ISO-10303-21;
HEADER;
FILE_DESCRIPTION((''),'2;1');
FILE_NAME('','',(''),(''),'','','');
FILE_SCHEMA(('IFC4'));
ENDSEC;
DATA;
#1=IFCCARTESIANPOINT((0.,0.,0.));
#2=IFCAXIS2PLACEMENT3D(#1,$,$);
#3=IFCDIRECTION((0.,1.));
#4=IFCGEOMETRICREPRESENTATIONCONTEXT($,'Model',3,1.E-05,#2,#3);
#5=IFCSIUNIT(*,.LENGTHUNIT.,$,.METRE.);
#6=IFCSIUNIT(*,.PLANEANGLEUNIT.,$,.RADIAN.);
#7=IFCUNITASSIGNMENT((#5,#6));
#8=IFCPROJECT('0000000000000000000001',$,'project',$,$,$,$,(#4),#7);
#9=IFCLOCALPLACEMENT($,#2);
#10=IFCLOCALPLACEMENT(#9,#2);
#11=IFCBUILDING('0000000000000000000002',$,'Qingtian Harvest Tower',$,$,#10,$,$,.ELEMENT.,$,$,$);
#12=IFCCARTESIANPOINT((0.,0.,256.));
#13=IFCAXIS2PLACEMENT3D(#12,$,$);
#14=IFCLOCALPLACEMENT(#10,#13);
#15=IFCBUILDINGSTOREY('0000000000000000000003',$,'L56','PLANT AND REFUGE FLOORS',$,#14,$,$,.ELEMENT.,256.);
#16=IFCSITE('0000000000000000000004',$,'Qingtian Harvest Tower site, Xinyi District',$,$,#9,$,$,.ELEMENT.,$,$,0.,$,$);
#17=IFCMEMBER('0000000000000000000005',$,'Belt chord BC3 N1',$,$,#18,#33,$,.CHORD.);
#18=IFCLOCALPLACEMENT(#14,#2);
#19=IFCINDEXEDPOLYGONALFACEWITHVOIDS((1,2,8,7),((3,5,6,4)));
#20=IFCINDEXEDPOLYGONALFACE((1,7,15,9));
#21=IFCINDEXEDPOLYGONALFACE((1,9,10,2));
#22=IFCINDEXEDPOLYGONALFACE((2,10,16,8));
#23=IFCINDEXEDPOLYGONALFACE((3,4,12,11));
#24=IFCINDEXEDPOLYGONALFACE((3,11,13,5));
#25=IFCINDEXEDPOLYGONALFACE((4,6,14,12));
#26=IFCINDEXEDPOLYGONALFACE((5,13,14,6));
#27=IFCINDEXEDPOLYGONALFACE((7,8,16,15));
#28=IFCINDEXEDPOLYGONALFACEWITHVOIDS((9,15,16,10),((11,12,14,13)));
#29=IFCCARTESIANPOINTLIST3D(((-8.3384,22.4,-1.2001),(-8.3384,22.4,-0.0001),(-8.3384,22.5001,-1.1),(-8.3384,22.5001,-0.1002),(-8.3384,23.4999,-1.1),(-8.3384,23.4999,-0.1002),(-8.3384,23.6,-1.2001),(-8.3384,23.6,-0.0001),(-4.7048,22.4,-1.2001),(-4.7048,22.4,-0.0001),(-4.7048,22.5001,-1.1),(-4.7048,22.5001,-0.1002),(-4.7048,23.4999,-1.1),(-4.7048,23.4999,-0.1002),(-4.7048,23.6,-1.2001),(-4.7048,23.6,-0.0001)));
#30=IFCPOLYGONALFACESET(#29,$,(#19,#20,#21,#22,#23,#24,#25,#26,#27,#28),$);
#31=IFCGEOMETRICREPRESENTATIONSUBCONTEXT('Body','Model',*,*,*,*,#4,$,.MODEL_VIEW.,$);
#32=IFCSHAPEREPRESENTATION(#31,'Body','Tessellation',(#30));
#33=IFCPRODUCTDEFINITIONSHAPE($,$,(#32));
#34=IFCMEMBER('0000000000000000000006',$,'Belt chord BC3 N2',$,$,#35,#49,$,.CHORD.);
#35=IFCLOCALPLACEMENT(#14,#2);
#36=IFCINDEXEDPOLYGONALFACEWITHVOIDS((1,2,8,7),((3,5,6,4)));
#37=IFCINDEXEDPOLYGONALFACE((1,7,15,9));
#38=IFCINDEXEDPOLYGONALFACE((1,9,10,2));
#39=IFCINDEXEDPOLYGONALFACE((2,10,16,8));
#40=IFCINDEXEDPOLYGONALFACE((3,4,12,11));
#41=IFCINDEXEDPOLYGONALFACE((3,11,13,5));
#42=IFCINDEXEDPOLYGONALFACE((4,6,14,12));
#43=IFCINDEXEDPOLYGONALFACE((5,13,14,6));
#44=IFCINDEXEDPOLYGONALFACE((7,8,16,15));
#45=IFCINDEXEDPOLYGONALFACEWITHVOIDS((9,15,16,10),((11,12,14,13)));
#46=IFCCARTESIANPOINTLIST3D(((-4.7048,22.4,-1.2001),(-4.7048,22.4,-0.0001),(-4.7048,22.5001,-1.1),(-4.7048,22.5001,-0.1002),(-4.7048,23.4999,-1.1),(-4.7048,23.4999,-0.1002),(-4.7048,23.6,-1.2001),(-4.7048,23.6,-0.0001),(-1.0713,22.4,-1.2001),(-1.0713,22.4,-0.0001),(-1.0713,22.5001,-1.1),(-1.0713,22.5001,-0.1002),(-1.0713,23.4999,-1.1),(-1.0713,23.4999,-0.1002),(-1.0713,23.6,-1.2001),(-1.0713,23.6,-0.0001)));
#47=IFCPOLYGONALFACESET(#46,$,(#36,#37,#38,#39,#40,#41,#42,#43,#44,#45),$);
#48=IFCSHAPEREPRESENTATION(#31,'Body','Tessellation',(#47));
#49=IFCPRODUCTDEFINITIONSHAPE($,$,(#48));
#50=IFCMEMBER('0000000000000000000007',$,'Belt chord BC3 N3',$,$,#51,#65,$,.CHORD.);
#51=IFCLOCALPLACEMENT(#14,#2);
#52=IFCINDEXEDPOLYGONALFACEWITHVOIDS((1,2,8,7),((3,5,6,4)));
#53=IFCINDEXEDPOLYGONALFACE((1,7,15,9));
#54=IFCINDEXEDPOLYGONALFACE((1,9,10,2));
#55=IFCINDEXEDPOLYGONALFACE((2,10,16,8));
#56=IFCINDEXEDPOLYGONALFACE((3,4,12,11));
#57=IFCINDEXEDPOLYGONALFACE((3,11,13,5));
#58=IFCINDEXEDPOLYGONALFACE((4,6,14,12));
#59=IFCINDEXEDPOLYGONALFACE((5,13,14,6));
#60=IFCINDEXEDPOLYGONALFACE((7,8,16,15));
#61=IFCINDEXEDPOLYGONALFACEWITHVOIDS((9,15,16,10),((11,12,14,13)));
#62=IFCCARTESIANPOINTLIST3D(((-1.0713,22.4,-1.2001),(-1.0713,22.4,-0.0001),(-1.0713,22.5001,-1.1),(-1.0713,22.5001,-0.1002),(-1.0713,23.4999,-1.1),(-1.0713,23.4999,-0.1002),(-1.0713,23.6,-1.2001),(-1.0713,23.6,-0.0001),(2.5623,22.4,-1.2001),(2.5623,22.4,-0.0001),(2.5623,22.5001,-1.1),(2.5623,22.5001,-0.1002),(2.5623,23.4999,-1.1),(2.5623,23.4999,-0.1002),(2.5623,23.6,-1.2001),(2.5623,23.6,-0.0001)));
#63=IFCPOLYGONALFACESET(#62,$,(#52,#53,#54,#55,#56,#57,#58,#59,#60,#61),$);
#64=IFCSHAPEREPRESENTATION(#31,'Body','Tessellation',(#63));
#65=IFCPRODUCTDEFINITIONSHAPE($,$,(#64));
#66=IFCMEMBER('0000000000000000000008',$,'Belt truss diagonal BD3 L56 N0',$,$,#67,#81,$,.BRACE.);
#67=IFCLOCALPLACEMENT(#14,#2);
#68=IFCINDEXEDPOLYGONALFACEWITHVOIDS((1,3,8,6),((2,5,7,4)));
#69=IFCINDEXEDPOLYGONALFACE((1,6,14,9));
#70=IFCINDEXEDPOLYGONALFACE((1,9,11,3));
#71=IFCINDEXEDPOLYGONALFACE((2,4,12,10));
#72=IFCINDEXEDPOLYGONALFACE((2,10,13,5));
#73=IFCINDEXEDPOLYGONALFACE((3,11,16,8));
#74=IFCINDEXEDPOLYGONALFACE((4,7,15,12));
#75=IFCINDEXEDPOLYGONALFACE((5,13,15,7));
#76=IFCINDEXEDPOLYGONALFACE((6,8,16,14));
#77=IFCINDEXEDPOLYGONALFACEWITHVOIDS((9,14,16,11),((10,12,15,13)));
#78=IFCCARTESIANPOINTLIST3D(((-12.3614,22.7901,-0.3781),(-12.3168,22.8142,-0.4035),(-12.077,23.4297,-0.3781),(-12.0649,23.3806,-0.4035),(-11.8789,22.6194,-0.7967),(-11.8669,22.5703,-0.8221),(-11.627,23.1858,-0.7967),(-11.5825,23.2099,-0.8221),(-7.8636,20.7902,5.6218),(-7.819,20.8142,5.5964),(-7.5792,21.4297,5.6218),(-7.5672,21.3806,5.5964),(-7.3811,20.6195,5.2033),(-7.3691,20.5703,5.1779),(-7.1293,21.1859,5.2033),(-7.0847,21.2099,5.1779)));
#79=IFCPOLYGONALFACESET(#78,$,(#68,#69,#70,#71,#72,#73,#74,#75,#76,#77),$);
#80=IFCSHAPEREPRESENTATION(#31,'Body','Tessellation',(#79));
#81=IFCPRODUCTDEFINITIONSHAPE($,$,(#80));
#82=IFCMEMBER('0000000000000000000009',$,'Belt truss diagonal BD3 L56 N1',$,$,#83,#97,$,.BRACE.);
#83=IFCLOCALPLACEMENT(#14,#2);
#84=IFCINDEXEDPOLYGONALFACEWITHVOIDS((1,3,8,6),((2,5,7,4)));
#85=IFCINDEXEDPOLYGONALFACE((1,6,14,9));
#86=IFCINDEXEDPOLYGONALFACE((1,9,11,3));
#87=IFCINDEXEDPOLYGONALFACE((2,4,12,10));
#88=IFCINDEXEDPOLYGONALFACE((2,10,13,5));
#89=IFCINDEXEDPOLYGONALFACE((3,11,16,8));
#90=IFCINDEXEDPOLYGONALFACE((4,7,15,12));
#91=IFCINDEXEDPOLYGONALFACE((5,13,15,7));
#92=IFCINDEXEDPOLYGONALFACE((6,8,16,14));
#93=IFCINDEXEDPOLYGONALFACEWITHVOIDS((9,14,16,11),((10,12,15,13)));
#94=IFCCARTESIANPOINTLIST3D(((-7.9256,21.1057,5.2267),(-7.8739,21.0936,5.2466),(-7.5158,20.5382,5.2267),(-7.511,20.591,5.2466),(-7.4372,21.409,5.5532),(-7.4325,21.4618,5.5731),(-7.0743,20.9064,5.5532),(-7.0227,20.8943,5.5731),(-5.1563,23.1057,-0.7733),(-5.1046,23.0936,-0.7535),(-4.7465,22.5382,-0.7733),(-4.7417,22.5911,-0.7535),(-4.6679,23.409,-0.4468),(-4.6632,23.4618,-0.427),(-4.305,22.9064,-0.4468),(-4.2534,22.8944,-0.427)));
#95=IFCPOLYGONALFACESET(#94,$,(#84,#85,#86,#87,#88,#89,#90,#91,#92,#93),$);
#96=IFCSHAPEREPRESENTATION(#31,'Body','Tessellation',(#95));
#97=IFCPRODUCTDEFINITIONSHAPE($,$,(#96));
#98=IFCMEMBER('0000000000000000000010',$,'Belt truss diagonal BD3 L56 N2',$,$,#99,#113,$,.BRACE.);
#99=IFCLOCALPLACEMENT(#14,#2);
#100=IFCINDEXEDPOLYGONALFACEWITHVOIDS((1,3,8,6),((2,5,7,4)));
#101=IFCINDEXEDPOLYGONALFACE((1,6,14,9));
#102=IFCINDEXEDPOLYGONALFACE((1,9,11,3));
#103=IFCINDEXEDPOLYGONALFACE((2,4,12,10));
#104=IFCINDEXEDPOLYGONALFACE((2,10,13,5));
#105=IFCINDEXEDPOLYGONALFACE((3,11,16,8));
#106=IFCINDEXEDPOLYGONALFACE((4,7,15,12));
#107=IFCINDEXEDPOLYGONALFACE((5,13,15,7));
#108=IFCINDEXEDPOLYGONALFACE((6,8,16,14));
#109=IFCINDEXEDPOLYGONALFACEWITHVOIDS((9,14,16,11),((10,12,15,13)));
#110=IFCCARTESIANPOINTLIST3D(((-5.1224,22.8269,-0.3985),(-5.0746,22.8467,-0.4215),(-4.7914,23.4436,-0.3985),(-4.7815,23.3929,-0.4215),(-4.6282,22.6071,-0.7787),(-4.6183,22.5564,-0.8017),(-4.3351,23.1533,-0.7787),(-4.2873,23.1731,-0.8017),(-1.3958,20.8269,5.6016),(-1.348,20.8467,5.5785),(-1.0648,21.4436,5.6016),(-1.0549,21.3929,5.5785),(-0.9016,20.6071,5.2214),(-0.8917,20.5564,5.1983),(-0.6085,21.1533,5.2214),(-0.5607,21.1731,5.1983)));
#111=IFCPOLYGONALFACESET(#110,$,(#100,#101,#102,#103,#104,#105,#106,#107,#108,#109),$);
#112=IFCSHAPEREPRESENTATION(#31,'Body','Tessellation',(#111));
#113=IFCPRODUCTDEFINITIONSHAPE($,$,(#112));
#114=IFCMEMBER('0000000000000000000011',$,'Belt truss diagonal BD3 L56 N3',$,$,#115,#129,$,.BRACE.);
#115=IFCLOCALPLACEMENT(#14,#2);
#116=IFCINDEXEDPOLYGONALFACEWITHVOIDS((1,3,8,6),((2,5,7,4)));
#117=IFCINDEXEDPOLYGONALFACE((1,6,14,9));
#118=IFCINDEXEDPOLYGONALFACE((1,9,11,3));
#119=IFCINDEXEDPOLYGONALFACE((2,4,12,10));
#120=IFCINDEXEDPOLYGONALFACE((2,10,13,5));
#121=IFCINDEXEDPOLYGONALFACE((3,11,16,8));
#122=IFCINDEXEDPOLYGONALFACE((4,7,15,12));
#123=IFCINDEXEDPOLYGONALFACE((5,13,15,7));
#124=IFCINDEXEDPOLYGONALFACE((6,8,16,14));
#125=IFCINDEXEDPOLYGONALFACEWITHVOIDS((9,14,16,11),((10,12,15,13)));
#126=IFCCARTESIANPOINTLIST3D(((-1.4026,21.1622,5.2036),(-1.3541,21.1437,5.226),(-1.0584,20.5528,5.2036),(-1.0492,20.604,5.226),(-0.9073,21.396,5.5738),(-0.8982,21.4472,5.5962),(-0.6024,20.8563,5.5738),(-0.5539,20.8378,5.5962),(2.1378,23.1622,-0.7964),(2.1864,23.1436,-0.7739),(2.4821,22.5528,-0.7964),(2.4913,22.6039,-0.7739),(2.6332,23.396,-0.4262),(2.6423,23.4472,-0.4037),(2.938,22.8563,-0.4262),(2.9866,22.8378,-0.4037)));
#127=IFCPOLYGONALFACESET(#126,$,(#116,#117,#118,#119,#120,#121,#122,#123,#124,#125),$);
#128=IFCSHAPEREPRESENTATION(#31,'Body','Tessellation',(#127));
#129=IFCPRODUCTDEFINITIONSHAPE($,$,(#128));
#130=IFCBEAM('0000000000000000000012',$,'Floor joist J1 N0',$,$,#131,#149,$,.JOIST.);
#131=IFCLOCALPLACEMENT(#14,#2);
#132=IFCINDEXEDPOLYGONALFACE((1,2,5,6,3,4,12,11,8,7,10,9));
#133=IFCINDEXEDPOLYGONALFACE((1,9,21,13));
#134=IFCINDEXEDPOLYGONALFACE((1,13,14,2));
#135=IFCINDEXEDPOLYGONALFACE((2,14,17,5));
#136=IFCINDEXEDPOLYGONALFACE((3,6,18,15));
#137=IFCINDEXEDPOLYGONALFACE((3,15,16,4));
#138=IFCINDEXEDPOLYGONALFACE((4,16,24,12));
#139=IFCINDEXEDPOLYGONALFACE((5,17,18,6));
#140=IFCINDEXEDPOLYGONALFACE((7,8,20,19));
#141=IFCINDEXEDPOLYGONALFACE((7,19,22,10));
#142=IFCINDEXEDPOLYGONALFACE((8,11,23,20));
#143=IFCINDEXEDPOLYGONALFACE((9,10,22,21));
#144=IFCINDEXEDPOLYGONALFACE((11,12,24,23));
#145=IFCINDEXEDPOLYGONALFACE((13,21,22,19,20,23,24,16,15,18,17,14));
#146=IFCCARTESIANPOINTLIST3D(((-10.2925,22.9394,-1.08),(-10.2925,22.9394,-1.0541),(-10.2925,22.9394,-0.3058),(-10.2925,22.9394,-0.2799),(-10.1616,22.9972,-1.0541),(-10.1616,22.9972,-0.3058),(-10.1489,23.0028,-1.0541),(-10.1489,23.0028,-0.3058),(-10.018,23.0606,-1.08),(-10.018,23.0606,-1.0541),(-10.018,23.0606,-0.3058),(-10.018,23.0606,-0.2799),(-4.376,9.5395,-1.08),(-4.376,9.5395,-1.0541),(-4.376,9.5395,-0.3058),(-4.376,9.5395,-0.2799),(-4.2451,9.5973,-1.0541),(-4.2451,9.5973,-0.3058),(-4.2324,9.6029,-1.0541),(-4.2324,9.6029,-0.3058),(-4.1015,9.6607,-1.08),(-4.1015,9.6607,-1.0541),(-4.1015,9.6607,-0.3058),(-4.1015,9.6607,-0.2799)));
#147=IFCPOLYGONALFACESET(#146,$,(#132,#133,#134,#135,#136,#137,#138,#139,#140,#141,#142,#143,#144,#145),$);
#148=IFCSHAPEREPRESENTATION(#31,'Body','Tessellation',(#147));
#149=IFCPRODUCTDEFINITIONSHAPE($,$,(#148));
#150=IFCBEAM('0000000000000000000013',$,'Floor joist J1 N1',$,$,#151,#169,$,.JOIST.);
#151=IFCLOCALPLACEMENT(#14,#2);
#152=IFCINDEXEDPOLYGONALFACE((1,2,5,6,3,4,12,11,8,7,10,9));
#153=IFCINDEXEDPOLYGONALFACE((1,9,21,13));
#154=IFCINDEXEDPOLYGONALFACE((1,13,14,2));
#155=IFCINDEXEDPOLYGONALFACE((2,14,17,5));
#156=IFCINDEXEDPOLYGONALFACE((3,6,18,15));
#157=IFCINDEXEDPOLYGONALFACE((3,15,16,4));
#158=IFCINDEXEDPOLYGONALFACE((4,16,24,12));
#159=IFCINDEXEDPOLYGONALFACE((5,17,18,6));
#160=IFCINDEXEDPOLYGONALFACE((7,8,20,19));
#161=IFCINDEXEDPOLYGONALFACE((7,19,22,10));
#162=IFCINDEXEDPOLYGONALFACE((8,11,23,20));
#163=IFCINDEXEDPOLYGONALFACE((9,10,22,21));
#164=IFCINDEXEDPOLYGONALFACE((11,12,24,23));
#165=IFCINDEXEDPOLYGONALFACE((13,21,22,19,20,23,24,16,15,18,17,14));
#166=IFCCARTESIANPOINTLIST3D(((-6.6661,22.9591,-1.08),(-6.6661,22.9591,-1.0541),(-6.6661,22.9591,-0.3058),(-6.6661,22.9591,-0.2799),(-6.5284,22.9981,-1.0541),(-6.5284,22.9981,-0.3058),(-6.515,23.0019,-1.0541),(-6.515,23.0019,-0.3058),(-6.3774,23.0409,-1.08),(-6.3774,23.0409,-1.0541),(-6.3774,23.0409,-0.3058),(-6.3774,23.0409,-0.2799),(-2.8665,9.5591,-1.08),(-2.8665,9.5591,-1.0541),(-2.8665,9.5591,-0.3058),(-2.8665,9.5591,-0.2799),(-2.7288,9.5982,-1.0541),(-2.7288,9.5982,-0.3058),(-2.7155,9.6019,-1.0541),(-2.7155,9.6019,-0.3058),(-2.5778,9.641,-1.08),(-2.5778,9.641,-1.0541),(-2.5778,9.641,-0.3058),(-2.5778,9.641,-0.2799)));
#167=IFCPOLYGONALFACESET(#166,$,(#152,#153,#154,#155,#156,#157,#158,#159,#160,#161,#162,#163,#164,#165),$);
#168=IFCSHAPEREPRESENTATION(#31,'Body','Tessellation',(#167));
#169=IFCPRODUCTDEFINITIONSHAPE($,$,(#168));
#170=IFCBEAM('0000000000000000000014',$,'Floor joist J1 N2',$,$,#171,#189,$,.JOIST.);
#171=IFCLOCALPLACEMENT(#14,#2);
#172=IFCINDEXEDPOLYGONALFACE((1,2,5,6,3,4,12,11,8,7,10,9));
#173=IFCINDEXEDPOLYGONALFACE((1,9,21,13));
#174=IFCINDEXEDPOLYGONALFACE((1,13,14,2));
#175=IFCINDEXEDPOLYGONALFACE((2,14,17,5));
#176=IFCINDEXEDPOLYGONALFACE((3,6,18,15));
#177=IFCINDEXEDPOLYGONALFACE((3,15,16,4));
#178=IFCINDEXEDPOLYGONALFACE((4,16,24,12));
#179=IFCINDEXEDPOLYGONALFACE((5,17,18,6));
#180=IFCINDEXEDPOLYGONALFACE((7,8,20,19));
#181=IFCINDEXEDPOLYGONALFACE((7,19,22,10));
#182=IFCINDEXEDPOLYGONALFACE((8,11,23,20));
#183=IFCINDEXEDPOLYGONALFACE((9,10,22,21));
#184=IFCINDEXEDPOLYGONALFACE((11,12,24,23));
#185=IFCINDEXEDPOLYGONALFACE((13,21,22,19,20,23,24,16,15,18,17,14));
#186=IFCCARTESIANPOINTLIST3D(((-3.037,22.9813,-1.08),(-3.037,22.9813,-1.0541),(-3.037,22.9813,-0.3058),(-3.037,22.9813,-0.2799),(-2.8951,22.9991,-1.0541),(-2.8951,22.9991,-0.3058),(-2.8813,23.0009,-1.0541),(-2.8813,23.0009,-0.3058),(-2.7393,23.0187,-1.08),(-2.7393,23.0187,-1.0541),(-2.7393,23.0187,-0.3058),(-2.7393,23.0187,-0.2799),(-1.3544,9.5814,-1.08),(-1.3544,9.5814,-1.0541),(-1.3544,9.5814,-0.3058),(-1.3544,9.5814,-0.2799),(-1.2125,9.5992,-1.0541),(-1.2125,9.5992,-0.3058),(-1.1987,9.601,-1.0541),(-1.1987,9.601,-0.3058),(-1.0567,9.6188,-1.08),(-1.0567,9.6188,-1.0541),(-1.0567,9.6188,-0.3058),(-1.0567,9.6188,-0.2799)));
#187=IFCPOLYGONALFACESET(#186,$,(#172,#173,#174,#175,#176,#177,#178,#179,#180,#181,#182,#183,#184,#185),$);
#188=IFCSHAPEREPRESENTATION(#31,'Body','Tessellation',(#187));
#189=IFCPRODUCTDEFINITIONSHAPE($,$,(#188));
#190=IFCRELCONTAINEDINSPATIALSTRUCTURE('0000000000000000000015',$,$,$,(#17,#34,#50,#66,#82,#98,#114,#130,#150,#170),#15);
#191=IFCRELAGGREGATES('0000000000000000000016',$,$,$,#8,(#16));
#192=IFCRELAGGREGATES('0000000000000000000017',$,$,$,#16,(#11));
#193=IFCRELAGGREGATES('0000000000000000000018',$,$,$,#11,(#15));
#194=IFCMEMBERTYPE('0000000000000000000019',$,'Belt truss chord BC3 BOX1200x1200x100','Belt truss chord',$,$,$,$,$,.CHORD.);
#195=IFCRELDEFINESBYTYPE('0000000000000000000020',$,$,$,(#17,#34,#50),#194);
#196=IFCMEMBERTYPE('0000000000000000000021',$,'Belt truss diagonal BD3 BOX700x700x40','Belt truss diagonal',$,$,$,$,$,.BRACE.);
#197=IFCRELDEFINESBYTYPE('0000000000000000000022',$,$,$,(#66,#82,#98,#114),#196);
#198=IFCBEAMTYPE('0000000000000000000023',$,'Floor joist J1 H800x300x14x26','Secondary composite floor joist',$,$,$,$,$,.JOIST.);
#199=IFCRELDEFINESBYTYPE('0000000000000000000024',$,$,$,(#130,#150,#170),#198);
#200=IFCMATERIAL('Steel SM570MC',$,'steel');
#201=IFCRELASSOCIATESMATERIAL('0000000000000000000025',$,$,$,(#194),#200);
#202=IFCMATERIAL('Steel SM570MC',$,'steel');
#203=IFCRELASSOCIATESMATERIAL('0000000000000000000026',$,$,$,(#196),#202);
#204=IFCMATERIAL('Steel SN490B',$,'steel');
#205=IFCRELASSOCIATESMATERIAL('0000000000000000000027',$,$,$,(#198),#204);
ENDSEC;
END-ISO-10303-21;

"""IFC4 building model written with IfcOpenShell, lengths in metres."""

from ifc_helpers import new_model, si_unit, direction, frame, origin, origin_2d, place, context, subcontext, project, spatial, hollow_rectangle, i_section, extrude, material, material_profile, profile_set, type_object, element, save


model = new_model("IFC4")

# Units and contexts
model_context = context("Model", 3, precision=1e-05, world=origin(), true_north=direction((0.0, 1.0)))
body_context = subcontext(model_context, "Body", "Model", "MODEL_VIEW")
ifc_project = project(units=[si_unit("LENGTHUNIT", "METRE"), si_unit("PLANEANGLEUNIT", "RADIAN")], contexts=[model_context])

# Site, building, storey
site_placement = place(None, origin())
site = spatial("IfcSite", under=ifc_project, at=site_placement, Name="Qingtian Harvest Tower site, Xinyi District", CompositionType="ELEMENT", RefElevation=0.0)
building_placement = place(site_placement, origin())
building = spatial("IfcBuilding", under=site, at=building_placement, Name="Qingtian Harvest Tower", CompositionType="ELEMENT")
storey_placement = place(building_placement, frame((0.0, 0.0, 256.0)))
storey = spatial("IfcBuildingStorey", under=building, at=storey_placement, Name="L56", Description="PLANT AND REFUGE FLOORS", CompositionType="ELEMENT", Elevation=256.0)

# Members
ifc_material_1 = material(Name="Steel SM570MC", Category="steel")
ifc_material_profile_1 = material_profile(ifc_material_1, hollow_rectangle(XDim=1.2, YDim=1.2, WallThickness=0.1001, at=origin_2d()), Name="BOX1200x1200x100")
ifc_profile_set_1 = profile_set([ifc_material_profile_1], Name="Steel SM570MC")
member_type_1 = type_object("IfcMemberType", Name="Belt truss chord BC3 BOX1200x1200x100", Description="Belt truss chord", PredefinedType="CHORD", material=ifc_profile_set_1)
for number, where, z_axis, x_axis, name in (
    (1, (-8.3384, 23.0, -0.6001), (1.0, 0.0, 0.0), (0.0, 1.0, 0.0), "Belt chord BC3 N1"),
    (2, (-4.7048, 23.0, -0.6001), (1.0, 0.0, 0.0), (0.0, 1.0, 0.0), "Belt chord BC3 N2"),
    (3, (-1.0713, 23.0, -0.6001), (1.0, 0.0, 0.0), (0.0, 1.0, 0.0), "Belt chord BC3 N3"),
):
    element("IfcMember", number, at=place(storey_placement, frame(where, z_axis=z_axis, x_axis=x_axis)), inside=storey, type_object=member_type_1, Name=name, PredefinedType="CHORD", context=body_context, shape_type="SweptSolid", body=[
        extrude(hollow_rectangle(XDim=1.2, YDim=1.2, WallThickness=0.1001, at=origin_2d()), origin(), (0.0, 0.0, 1.0), 3.6335),
    ])
ifc_material_2 = material(Name="Steel SM570MC", Category="steel")
ifc_material_profile_2 = material_profile(ifc_material_2, hollow_rectangle(XDim=0.7, YDim=0.7, WallThickness=0.04, at=origin_2d()), Name="BOX700x700x40")
ifc_profile_set_2 = profile_set([ifc_material_profile_2], Name="Steel SM570MC")
member_type_2 = type_object("IfcMemberType", Name="Belt truss diagonal BD3 BOX700x700x40", Description="Belt truss diagonal", PredefinedType="BRACE", material=ifc_profile_set_2)
member_1_placement = place(storey_placement, frame((-11.9719, 23.0, -0.6001), z_axis=(0.579553, -0.257705, 0.773115), x_axis=(0.406304, 0.913738, 0.0)))
element("IfcMember", 4, at=member_1_placement, inside=storey, type_object=member_type_2, Name="Belt truss diagonal BD3 L56 N0", PredefinedType="BRACE", context=body_context, shape_type="SweptSolid", body=[
    extrude(hollow_rectangle(XDim=0.7, YDim=0.7, WallThickness=0.04, at=origin_2d()), origin(), (0.0, 0.0, 1.0), 7.7607),
])
member_2_placement = place(storey_placement, frame((-7.4741, 21.0, 5.3999), z_axis=(0.401098, 0.289676, -0.869027), x_axis=(-0.585483, 0.810685, 0.0)))
element("IfcMember", 5, at=member_2_placement, inside=storey, type_object=member_type_2, Name="Belt truss diagonal BD3 L56 N1", PredefinedType="BRACE", context=body_context, shape_type="SweptSolid", body=[
    extrude(hollow_rectangle(XDim=0.7, YDim=0.7, WallThickness=0.04, at=origin_2d()), origin(), (0.0, 0.0, 1.0), 6.9043),
])
member_3_placement = place(storey_placement, frame((-4.7048, 23.0, -0.6001), z_axis=(0.507651, -0.27245, 0.81735), x_axis=(0.472888, 0.881123, 0.0)))
element("IfcMember", 6, at=member_3_placement, inside=storey, type_object=member_type_2, Name="Belt truss diagonal BD3 L56 N2", PredefinedType="BRACE", context=body_context, shape_type="SweptSolid", body=[
    extrude(hollow_rectangle(XDim=0.7, YDim=0.7, WallThickness=0.04, at=origin_2d()), origin(), (0.0, 0.0, 1.0), 7.3408),
])
member_4_placement = place(storey_placement, frame((-0.9783, 21.0, 5.3999), z_axis=(0.488475, 0.275933, -0.8278), x_axis=(-0.49184, 0.870686, 0.0)))
element("IfcMember", 7, at=member_4_placement, inside=storey, type_object=member_type_2, Name="Belt truss diagonal BD3 L56 N3", PredefinedType="BRACE", context=body_context, shape_type="SweptSolid", body=[
    extrude(hollow_rectangle(XDim=0.7, YDim=0.7, WallThickness=0.04, at=origin_2d()), origin(), (0.0, 0.0, 1.0), 7.248),
])

# Beams
ifc_material_3 = material(Name="Steel SN490B", Category="steel")
ifc_material_profile_3 = material_profile(ifc_material_3, i_section(OverallWidth=0.3, OverallDepth=0.8, WebThickness=0.0139, FlangeThickness=0.0259, at=origin_2d()), Name="H800x300x14x26")
ifc_profile_set_3 = profile_set([ifc_material_profile_3], Name="Steel SN490B")
beam_type_1 = type_object("IfcBeamType", Name="Floor joist J1 H800x300x14x26", Description="Secondary composite floor joist", PredefinedType="JOIST", material=ifc_profile_set_3)
beam_1_placement = place(storey_placement, frame((-10.1553, 23.0, -0.6799), z_axis=(0.403913, -0.914797, 0.0), x_axis=(0.914797, 0.403913, 0.0)))
element("IfcBeam", 8, at=beam_1_placement, inside=storey, type_object=beam_type_1, Name="Floor joist J1 N0", PredefinedType="JOIST", context=body_context, shape_type="SweptSolid", body=[
    extrude(i_section(OverallWidth=0.3, OverallDepth=0.8, WebThickness=0.0139, FlangeThickness=0.0259, at=origin_2d()), origin(), (0.0, 0.0, 1.0), 14.6479),
])
beam_2_placement = place(storey_placement, frame((-6.5217, 23.0, -0.6799), z_axis=(0.272797, -0.962072, 0.0), x_axis=(0.962072, 0.272797, 0.0)))
element("IfcBeam", 9, at=beam_2_placement, inside=storey, type_object=beam_type_1, Name="Floor joist J1 N1", PredefinedType="JOIST", context=body_context, shape_type="SweptSolid", body=[
    extrude(i_section(OverallWidth=0.3, OverallDepth=0.8, WebThickness=0.0139, FlangeThickness=0.0259, at=origin_2d()), origin(), (0.0, 0.0, 1.0), 13.9282),
])
beam_3_placement = place(storey_placement, frame((-2.8882, 23.0, -0.6799), z_axis=(0.124591, -0.992208, 0.0), x_axis=(0.992208, 0.124591, 0.0)))
element("IfcBeam", 10, at=beam_3_placement, inside=storey, type_object=beam_type_1, Name="Floor joist J1 N2", PredefinedType="JOIST", context=body_context, shape_type="SweptSolid", body=[
    extrude(i_section(OverallWidth=0.3, OverallDepth=0.8, WebThickness=0.0139, FlangeThickness=0.0259, at=origin_2d()), origin(), (0.0, 0.0, 1.0), 13.5051),
])

save(model, "model.ifc")
